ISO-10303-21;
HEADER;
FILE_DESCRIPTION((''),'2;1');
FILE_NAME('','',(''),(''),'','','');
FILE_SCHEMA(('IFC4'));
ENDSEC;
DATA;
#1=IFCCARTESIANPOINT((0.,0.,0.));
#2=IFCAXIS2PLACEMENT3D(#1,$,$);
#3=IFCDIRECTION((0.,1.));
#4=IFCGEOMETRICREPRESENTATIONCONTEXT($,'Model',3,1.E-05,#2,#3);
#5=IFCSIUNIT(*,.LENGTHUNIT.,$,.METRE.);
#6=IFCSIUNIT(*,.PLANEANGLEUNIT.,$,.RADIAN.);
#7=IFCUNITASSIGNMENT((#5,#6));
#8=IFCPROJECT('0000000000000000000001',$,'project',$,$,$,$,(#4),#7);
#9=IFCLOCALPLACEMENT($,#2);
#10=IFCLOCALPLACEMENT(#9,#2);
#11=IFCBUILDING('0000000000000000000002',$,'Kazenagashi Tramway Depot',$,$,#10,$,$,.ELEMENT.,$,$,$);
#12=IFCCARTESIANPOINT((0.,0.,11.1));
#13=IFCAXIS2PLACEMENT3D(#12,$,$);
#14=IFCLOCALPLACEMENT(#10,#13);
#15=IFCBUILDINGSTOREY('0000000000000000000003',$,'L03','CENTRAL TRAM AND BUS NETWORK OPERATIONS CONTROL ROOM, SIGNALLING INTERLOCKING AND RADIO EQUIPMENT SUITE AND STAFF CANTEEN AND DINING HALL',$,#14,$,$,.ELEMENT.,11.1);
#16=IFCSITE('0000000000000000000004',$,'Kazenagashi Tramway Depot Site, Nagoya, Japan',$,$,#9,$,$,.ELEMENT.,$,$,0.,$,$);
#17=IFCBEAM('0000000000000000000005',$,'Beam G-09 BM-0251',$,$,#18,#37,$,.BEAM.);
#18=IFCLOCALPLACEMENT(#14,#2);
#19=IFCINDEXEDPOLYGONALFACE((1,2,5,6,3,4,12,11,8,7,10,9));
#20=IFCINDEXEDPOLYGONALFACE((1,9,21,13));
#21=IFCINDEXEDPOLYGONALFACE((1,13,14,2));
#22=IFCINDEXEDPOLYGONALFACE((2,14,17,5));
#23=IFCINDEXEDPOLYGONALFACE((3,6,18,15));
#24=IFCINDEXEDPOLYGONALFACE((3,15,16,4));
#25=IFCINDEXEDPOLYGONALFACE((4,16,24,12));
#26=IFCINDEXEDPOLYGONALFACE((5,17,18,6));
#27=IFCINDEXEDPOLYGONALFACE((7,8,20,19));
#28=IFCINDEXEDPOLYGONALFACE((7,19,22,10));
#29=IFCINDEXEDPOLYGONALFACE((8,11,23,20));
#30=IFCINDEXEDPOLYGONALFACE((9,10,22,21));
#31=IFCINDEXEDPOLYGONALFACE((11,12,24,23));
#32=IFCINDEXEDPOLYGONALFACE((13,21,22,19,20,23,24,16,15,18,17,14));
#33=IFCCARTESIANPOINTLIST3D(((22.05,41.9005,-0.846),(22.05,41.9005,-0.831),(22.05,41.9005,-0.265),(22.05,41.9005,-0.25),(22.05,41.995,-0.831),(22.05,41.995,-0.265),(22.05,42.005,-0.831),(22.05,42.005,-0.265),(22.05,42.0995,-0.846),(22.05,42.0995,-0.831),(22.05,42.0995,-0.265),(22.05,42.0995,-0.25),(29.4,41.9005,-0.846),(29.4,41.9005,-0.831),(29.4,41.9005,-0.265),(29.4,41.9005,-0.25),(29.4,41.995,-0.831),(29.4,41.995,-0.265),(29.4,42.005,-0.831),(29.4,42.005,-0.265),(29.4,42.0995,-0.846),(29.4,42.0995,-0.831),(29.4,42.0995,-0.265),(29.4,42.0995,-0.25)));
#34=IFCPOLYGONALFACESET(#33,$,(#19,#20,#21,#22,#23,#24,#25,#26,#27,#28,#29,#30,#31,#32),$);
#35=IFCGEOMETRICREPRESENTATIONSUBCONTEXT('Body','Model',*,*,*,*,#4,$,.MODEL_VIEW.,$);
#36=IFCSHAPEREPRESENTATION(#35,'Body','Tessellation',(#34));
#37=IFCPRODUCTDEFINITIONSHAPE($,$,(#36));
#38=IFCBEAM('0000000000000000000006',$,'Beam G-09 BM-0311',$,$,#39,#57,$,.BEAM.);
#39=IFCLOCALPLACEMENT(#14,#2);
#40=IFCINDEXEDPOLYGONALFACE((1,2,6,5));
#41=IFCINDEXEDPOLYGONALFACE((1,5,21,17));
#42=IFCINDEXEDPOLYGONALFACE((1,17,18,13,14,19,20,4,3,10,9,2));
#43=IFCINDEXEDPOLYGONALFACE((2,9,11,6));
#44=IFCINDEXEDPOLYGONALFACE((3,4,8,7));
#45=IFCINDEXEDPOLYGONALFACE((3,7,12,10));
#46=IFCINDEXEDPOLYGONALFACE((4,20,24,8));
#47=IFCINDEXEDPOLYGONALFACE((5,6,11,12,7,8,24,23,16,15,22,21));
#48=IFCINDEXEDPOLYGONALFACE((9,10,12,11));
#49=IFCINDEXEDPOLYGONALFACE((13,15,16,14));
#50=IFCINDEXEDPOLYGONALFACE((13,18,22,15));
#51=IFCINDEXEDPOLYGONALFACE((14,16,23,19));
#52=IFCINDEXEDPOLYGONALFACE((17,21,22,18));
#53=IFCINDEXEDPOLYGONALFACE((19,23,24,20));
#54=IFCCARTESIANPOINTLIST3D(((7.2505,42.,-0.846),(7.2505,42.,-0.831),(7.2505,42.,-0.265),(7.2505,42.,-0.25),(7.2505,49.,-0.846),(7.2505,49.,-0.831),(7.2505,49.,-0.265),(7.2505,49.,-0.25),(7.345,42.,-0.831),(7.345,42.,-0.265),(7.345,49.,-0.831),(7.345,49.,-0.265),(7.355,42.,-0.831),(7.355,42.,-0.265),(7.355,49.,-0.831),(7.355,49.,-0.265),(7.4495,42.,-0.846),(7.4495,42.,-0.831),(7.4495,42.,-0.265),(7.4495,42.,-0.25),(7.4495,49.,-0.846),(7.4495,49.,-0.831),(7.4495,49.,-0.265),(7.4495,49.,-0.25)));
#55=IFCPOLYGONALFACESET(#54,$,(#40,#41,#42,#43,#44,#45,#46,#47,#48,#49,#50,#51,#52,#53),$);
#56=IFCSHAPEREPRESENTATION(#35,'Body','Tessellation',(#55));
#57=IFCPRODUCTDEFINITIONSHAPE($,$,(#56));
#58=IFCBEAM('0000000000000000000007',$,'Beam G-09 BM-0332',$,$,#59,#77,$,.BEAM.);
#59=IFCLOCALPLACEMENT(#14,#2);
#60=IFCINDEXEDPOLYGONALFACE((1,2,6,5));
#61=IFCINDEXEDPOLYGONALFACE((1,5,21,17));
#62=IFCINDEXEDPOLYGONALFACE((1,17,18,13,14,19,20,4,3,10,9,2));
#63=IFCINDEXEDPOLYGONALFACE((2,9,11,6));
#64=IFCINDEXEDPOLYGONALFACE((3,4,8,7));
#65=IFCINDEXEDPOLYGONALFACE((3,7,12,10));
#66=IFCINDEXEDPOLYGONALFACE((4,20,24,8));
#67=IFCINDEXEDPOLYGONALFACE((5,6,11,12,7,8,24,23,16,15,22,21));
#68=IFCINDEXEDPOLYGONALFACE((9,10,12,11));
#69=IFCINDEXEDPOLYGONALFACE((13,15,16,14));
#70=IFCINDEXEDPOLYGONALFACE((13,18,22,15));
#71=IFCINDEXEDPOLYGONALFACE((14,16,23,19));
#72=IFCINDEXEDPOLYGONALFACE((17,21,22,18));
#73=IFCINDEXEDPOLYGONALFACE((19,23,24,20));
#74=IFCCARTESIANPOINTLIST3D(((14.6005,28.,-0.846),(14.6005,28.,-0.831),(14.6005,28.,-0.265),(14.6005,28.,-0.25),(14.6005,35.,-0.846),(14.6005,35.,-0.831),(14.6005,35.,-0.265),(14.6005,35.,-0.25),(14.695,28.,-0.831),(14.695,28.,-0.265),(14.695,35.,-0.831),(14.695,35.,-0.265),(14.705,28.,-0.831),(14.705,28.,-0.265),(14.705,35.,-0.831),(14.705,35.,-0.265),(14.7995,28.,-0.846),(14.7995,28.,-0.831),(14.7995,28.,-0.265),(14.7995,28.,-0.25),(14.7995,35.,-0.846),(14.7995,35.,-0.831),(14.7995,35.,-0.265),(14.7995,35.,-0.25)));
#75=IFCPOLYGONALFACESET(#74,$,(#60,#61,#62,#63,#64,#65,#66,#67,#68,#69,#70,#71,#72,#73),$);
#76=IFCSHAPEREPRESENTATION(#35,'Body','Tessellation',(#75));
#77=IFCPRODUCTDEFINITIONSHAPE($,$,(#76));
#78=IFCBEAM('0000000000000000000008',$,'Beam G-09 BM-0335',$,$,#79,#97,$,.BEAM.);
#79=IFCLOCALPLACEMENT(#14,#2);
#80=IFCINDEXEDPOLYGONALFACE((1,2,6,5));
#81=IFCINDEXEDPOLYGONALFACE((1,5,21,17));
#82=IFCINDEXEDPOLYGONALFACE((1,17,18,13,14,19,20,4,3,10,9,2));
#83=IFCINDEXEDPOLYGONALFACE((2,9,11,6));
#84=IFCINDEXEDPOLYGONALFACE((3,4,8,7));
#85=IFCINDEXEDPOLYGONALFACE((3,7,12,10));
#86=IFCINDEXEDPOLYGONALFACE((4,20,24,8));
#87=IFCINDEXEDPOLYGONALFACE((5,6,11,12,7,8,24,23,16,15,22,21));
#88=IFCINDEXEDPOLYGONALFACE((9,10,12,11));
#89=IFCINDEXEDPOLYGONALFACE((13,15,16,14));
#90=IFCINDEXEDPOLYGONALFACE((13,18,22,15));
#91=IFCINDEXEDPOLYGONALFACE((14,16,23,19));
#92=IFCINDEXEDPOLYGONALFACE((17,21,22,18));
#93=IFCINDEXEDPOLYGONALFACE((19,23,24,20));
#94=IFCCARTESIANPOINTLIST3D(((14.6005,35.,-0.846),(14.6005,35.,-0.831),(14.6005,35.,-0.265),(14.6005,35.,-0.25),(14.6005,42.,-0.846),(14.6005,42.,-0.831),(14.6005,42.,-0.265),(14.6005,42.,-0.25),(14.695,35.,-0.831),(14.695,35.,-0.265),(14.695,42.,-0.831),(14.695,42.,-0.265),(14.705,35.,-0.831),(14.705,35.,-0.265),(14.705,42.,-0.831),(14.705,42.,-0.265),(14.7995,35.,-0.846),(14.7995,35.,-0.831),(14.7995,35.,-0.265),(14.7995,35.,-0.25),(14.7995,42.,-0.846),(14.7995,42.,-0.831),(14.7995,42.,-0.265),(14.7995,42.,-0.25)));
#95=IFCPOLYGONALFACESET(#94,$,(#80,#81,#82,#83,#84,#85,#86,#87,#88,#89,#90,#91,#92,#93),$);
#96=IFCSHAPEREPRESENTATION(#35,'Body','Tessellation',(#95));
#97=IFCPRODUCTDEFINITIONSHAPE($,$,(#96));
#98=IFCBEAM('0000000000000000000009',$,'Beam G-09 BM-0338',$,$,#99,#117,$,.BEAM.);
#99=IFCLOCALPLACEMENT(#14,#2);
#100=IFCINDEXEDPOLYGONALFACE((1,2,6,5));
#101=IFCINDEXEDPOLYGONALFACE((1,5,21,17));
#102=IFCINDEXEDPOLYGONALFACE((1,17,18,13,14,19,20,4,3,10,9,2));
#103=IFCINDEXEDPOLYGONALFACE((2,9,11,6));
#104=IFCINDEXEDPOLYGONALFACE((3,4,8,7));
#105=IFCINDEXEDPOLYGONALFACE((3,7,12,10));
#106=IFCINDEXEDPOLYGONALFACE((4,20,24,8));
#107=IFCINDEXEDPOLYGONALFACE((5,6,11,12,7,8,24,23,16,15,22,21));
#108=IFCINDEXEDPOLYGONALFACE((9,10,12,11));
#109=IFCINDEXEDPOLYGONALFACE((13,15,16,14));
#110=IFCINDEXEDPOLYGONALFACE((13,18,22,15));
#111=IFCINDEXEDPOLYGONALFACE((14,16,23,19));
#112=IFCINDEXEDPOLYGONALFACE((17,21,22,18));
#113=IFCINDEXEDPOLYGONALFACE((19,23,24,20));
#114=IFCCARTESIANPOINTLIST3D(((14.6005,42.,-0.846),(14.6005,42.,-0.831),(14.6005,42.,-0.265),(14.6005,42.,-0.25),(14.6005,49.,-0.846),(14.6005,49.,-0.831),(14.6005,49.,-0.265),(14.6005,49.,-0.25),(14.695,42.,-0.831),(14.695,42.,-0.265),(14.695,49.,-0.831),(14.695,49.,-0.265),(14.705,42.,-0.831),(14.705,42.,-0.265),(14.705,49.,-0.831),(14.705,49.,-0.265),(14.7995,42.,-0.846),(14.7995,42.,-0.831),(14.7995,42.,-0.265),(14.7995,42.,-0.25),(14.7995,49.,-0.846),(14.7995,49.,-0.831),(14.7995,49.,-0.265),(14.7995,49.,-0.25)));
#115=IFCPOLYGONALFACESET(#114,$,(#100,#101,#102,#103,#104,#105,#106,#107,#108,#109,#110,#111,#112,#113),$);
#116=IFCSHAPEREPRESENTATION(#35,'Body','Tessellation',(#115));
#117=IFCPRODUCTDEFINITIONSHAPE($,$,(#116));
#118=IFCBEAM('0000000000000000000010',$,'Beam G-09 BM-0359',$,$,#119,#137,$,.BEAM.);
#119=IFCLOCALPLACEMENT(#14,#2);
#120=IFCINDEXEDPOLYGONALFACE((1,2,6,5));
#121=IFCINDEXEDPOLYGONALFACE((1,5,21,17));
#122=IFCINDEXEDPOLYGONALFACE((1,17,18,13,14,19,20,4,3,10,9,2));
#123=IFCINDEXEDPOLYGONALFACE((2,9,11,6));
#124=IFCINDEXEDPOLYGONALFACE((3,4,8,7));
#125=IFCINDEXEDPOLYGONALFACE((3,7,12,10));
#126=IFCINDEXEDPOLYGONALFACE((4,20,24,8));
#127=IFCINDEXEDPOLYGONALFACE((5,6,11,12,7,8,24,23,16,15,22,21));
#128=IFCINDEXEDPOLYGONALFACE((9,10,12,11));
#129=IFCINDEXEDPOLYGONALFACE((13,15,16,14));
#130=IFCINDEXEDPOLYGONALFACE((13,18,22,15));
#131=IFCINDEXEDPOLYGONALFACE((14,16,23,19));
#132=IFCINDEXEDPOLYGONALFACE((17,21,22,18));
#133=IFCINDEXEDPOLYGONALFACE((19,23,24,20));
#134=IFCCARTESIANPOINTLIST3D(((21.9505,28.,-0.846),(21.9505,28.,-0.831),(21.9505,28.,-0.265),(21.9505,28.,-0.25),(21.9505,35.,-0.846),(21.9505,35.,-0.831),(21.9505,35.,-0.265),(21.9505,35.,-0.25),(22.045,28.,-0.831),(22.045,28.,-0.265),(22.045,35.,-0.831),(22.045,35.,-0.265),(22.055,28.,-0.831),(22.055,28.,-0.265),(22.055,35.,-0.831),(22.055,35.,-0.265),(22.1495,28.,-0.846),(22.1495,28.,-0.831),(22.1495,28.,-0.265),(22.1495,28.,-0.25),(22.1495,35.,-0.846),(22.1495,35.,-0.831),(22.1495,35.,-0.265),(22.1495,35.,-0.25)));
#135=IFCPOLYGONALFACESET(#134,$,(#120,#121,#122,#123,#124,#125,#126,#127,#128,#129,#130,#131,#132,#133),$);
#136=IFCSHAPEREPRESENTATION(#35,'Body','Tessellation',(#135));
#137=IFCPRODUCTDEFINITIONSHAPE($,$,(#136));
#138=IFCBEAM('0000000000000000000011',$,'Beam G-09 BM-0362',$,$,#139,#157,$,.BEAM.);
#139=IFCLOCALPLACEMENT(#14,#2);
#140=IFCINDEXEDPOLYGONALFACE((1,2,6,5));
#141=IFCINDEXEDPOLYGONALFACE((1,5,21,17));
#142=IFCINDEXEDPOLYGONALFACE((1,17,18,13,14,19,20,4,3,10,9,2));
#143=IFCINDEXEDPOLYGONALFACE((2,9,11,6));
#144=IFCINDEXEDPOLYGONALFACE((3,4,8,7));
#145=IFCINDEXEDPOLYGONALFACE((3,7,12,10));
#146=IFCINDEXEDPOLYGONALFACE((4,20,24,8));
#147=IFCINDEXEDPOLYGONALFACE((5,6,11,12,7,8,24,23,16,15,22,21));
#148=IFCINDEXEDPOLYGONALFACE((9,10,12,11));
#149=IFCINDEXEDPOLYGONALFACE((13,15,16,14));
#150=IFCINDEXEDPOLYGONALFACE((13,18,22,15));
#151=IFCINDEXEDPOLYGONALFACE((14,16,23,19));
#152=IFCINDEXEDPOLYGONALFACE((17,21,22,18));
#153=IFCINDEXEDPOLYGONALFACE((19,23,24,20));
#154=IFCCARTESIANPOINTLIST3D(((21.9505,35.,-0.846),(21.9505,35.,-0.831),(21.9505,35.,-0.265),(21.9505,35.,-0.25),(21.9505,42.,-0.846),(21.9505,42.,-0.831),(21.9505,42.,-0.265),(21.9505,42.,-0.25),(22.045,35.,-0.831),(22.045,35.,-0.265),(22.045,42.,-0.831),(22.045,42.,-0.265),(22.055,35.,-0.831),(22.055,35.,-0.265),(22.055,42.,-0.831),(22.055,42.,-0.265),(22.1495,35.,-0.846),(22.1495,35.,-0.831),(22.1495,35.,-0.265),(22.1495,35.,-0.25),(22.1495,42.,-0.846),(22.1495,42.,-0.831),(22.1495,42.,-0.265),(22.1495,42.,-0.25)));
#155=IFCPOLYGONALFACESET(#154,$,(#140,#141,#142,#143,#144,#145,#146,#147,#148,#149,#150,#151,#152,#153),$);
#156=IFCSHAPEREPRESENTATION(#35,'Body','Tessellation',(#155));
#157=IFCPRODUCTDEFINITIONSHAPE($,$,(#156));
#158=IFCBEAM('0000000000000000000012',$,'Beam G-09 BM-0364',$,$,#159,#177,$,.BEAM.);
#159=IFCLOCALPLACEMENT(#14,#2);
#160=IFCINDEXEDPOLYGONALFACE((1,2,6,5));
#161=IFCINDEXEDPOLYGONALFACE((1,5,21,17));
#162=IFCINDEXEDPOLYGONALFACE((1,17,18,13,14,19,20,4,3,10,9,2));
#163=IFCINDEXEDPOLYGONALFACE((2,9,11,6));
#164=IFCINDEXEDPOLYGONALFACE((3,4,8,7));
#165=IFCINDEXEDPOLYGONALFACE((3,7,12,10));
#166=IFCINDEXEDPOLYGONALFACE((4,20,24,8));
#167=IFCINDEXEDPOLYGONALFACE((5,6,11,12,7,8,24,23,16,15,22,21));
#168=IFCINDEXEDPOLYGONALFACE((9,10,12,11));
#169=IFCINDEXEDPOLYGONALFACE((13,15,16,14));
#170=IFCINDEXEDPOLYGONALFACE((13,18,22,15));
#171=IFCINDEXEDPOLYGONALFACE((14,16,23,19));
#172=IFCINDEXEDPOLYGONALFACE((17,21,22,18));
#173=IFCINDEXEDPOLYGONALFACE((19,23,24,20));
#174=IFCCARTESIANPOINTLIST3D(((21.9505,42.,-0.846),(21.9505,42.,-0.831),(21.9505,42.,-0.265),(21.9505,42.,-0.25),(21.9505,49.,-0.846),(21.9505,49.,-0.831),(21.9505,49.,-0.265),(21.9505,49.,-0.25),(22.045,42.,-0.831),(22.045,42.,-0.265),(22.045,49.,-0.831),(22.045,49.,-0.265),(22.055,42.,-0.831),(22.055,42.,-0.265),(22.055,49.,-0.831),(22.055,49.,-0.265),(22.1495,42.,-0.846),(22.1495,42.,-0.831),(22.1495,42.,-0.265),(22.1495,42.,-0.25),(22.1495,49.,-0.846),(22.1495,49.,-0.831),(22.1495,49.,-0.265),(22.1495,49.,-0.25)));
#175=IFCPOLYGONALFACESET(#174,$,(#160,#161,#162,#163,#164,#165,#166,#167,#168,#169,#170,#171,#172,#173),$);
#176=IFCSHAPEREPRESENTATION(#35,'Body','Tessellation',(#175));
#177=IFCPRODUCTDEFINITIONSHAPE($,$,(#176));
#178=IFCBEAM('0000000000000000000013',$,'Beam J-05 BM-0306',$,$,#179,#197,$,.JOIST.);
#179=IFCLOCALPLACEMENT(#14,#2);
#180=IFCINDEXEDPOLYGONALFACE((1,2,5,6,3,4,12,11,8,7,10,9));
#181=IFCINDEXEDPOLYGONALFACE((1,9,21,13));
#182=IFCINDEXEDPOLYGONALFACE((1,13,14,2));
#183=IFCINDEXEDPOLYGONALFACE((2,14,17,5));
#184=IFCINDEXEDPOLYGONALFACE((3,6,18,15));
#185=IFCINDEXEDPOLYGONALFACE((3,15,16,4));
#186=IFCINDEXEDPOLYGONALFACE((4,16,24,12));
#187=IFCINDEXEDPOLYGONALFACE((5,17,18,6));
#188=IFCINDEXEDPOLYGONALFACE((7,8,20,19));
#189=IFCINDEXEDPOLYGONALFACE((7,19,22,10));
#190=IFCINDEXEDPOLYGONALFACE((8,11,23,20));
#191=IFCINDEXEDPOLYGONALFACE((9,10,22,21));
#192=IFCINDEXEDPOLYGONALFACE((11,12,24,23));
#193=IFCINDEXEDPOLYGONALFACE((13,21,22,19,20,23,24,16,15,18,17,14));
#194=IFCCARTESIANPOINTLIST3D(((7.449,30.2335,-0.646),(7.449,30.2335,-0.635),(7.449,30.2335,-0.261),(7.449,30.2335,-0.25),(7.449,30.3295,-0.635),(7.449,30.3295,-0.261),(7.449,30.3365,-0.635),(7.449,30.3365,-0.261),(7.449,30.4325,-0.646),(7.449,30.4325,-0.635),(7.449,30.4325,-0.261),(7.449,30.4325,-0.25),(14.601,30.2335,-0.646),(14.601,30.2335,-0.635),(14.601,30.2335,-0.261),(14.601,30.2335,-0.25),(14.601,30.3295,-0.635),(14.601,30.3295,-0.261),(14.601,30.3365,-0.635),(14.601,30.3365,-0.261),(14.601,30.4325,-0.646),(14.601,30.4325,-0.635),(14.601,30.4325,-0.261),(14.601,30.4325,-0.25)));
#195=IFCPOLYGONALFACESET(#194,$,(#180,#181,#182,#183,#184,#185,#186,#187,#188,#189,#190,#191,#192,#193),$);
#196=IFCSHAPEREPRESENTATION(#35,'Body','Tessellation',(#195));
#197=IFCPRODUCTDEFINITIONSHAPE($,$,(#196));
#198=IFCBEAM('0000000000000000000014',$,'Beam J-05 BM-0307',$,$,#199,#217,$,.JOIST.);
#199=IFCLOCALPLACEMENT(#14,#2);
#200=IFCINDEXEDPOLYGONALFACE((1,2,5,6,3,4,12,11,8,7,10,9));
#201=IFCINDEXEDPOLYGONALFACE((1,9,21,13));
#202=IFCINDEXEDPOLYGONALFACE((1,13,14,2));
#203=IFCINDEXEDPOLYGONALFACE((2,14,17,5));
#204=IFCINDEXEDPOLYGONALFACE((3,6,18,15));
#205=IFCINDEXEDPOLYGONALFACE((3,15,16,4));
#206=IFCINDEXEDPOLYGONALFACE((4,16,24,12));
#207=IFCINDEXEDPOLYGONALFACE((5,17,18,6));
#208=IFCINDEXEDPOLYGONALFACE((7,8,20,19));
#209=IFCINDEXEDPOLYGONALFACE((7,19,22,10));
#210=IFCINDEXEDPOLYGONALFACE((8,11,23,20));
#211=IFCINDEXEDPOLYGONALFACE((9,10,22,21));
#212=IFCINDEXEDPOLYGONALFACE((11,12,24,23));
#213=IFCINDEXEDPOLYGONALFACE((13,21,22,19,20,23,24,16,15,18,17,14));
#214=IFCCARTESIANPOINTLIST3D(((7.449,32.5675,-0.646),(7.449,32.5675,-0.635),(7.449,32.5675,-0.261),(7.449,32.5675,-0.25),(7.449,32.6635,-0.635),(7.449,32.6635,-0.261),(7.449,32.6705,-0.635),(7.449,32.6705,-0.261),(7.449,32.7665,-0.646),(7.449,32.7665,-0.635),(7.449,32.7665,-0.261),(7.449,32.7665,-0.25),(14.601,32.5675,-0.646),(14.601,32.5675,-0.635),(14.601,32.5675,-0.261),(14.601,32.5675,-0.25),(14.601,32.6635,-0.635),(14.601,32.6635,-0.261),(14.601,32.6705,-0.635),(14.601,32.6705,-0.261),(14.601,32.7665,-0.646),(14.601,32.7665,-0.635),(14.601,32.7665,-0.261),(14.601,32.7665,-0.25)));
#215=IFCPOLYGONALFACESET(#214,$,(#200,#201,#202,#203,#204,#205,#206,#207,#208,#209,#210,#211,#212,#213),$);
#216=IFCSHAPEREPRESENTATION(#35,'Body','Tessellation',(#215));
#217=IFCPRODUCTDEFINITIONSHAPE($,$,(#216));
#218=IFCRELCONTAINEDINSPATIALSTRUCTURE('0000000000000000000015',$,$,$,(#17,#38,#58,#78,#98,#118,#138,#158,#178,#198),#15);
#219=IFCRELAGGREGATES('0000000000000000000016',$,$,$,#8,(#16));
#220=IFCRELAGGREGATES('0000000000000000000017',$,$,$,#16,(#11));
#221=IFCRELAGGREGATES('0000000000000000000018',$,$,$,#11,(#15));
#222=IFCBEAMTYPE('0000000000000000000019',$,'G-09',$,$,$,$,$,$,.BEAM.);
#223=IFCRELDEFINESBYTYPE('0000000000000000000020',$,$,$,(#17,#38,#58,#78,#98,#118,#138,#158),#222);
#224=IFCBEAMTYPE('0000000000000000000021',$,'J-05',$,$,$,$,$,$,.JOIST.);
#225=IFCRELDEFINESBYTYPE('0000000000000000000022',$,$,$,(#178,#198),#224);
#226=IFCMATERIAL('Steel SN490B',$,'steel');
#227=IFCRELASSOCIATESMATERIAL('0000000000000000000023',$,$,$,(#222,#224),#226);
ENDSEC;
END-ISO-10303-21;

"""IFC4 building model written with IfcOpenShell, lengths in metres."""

from ifc_helpers import new_model, si_unit, direction, frame, origin, origin_2d, place, context, subcontext, project, spatial, i_section, extrude, material, material_profile, profile_set, type_object, element, save


model = new_model("IFC4")

# Units and contexts
model_context = context("Model", 3, precision=1e-05, world=origin(), true_north=direction((0.0, 1.0)))
body_context = subcontext(model_context, "Body", "Model", "MODEL_VIEW")
ifc_project = project(units=[si_unit("LENGTHUNIT", "METRE"), si_unit("PLANEANGLEUNIT", "RADIAN")], contexts=[model_context])

# Site, building, storey
site_placement = place(None, origin())
site = spatial("IfcSite", under=ifc_project, at=site_placement, Name="Kazenagashi Tramway Depot Site, Nagoya, Japan", CompositionType="ELEMENT", RefElevation=0.0)
building_placement = place(site_placement, origin())
building = spatial("IfcBuilding", under=site, at=building_placement, Name="Kazenagashi Tramway Depot", CompositionType="ELEMENT")
storey_placement = place(building_placement, frame((0.0, 0.0, 11.1)))
storey = spatial("IfcBuildingStorey", under=building, at=storey_placement, Name="L03", Description="CENTRAL TRAM AND BUS NETWORK OPERATIONS CONTROL ROOM, SIGNALLING INTERLOCKING AND RADIO EQUIPMENT SUITE AND STAFF CANTEEN AND DINING HALL", CompositionType="ELEMENT", Elevation=11.1)

# Shared definitions
ifc_material_1 = material(Name="Steel SN490B", Category="steel")

# Beams
ifc_material_profile_1 = material_profile(ifc_material_1, i_section(OverallWidth=0.199, OverallDepth=0.596, WebThickness=0.01, FlangeThickness=0.015, at=origin_2d()), Name="H-596x199x10x15")
ifc_profile_set_1 = profile_set([ifc_material_profile_1], Name="Steel SN490B")
beam_type_1 = type_object("IfcBeamType", Name="G-09", PredefinedType="BEAM", material=ifc_profile_set_1)
for number, where, z_axis, x_axis, name in (
    (1, (22.05, 42.0, -0.548), (1.0, 0.0, 0.0), (0.0, 1.0, 0.0), "Beam G-09 BM-0251"),
):
    element("IfcBeam", number, at=place(storey_placement, frame(where, z_axis=z_axis, x_axis=x_axis)), inside=storey, type_object=beam_type_1, Name=name, PredefinedType="BEAM", context=body_context, shape_type="SweptSolid", body=[
        extrude(i_section(OverallWidth=0.199, OverallDepth=0.596, WebThickness=0.01, FlangeThickness=0.015, at=origin_2d()), origin(), (0.0, 0.0, 1.0), 7.35),
    ])
for number, where, z_axis, x_axis, name in (
    (2, (7.35, 42.0, -0.548), (0.0, 1.0, 0.0), (-1.0, 0.0, 0.0), "Beam G-09 BM-0311"),
    (3, (14.7, 28.0, -0.548), (0.0, 1.0, 0.0), (-1.0, 0.0, 0.0), "Beam G-09 BM-0332"),
    (4, (14.7, 35.0, -0.548), (0.0, 1.0, 0.0), (-1.0, 0.0, 0.0), "Beam G-09 BM-0335"),
    (5, (14.7, 42.0, -0.548), (0.0, 1.0, 0.0), (-1.0, 0.0, 0.0), "Beam G-09 BM-0338"),
    (6, (22.05, 28.0, -0.548), (0.0, 1.0, 0.0), (-1.0, 0.0, 0.0), "Beam G-09 BM-0359"),
    (7, (22.05, 35.0, -0.548), (0.0, 1.0, 0.0), (-1.0, 0.0, 0.0), "Beam G-09 BM-0362"),
    (8, (22.05, 42.0, -0.548), (0.0, 1.0, 0.0), (-1.0, 0.0, 0.0), "Beam G-09 BM-0364"),
):
    element("IfcBeam", number, at=place(storey_placement, frame(where, z_axis=z_axis, x_axis=x_axis)), inside=storey, type_object=beam_type_1, Name=name, PredefinedType="BEAM", context=body_context, shape_type="SweptSolid", body=[
        extrude(i_section(OverallWidth=0.199, OverallDepth=0.596, WebThickness=0.01, FlangeThickness=0.015, at=origin_2d()), origin(), (0.0, 0.0, 1.0), 7.0),
    ])
ifc_material_profile_2 = material_profile(ifc_material_1, i_section(OverallWidth=0.199, OverallDepth=0.396, WebThickness=0.007, FlangeThickness=0.011, at=origin_2d()), Name="H-396x199x7x11")
ifc_profile_set_2 = profile_set([ifc_material_profile_2], Name="Steel SN490B")
beam_type_2 = type_object("IfcBeamType", Name="J-05", PredefinedType="JOIST", material=ifc_profile_set_2)
for number, where, z_axis, x_axis, name in (
    (9, (7.449, 30.333, -0.448), (1.0, 0.0, 0.0), (0.0, 1.0, 0.0), "Beam J-05 BM-0306"),
    (10, (7.449, 32.667, -0.448), (1.0, 0.0, 0.0), (0.0, 1.0, 0.0), "Beam J-05 BM-0307"),
):
    element("IfcBeam", number, at=place(storey_placement, frame(where, z_axis=z_axis, x_axis=x_axis)), inside=storey, type_object=beam_type_2, Name=name, PredefinedType="JOIST", context=body_context, shape_type="SweptSolid", body=[
        extrude(i_section(OverallWidth=0.199, OverallDepth=0.396, WebThickness=0.007, FlangeThickness=0.011, at=origin_2d()), origin(), (0.0, 0.0, 1.0), 7.152),
    ])

save(model, "model.ifc")
